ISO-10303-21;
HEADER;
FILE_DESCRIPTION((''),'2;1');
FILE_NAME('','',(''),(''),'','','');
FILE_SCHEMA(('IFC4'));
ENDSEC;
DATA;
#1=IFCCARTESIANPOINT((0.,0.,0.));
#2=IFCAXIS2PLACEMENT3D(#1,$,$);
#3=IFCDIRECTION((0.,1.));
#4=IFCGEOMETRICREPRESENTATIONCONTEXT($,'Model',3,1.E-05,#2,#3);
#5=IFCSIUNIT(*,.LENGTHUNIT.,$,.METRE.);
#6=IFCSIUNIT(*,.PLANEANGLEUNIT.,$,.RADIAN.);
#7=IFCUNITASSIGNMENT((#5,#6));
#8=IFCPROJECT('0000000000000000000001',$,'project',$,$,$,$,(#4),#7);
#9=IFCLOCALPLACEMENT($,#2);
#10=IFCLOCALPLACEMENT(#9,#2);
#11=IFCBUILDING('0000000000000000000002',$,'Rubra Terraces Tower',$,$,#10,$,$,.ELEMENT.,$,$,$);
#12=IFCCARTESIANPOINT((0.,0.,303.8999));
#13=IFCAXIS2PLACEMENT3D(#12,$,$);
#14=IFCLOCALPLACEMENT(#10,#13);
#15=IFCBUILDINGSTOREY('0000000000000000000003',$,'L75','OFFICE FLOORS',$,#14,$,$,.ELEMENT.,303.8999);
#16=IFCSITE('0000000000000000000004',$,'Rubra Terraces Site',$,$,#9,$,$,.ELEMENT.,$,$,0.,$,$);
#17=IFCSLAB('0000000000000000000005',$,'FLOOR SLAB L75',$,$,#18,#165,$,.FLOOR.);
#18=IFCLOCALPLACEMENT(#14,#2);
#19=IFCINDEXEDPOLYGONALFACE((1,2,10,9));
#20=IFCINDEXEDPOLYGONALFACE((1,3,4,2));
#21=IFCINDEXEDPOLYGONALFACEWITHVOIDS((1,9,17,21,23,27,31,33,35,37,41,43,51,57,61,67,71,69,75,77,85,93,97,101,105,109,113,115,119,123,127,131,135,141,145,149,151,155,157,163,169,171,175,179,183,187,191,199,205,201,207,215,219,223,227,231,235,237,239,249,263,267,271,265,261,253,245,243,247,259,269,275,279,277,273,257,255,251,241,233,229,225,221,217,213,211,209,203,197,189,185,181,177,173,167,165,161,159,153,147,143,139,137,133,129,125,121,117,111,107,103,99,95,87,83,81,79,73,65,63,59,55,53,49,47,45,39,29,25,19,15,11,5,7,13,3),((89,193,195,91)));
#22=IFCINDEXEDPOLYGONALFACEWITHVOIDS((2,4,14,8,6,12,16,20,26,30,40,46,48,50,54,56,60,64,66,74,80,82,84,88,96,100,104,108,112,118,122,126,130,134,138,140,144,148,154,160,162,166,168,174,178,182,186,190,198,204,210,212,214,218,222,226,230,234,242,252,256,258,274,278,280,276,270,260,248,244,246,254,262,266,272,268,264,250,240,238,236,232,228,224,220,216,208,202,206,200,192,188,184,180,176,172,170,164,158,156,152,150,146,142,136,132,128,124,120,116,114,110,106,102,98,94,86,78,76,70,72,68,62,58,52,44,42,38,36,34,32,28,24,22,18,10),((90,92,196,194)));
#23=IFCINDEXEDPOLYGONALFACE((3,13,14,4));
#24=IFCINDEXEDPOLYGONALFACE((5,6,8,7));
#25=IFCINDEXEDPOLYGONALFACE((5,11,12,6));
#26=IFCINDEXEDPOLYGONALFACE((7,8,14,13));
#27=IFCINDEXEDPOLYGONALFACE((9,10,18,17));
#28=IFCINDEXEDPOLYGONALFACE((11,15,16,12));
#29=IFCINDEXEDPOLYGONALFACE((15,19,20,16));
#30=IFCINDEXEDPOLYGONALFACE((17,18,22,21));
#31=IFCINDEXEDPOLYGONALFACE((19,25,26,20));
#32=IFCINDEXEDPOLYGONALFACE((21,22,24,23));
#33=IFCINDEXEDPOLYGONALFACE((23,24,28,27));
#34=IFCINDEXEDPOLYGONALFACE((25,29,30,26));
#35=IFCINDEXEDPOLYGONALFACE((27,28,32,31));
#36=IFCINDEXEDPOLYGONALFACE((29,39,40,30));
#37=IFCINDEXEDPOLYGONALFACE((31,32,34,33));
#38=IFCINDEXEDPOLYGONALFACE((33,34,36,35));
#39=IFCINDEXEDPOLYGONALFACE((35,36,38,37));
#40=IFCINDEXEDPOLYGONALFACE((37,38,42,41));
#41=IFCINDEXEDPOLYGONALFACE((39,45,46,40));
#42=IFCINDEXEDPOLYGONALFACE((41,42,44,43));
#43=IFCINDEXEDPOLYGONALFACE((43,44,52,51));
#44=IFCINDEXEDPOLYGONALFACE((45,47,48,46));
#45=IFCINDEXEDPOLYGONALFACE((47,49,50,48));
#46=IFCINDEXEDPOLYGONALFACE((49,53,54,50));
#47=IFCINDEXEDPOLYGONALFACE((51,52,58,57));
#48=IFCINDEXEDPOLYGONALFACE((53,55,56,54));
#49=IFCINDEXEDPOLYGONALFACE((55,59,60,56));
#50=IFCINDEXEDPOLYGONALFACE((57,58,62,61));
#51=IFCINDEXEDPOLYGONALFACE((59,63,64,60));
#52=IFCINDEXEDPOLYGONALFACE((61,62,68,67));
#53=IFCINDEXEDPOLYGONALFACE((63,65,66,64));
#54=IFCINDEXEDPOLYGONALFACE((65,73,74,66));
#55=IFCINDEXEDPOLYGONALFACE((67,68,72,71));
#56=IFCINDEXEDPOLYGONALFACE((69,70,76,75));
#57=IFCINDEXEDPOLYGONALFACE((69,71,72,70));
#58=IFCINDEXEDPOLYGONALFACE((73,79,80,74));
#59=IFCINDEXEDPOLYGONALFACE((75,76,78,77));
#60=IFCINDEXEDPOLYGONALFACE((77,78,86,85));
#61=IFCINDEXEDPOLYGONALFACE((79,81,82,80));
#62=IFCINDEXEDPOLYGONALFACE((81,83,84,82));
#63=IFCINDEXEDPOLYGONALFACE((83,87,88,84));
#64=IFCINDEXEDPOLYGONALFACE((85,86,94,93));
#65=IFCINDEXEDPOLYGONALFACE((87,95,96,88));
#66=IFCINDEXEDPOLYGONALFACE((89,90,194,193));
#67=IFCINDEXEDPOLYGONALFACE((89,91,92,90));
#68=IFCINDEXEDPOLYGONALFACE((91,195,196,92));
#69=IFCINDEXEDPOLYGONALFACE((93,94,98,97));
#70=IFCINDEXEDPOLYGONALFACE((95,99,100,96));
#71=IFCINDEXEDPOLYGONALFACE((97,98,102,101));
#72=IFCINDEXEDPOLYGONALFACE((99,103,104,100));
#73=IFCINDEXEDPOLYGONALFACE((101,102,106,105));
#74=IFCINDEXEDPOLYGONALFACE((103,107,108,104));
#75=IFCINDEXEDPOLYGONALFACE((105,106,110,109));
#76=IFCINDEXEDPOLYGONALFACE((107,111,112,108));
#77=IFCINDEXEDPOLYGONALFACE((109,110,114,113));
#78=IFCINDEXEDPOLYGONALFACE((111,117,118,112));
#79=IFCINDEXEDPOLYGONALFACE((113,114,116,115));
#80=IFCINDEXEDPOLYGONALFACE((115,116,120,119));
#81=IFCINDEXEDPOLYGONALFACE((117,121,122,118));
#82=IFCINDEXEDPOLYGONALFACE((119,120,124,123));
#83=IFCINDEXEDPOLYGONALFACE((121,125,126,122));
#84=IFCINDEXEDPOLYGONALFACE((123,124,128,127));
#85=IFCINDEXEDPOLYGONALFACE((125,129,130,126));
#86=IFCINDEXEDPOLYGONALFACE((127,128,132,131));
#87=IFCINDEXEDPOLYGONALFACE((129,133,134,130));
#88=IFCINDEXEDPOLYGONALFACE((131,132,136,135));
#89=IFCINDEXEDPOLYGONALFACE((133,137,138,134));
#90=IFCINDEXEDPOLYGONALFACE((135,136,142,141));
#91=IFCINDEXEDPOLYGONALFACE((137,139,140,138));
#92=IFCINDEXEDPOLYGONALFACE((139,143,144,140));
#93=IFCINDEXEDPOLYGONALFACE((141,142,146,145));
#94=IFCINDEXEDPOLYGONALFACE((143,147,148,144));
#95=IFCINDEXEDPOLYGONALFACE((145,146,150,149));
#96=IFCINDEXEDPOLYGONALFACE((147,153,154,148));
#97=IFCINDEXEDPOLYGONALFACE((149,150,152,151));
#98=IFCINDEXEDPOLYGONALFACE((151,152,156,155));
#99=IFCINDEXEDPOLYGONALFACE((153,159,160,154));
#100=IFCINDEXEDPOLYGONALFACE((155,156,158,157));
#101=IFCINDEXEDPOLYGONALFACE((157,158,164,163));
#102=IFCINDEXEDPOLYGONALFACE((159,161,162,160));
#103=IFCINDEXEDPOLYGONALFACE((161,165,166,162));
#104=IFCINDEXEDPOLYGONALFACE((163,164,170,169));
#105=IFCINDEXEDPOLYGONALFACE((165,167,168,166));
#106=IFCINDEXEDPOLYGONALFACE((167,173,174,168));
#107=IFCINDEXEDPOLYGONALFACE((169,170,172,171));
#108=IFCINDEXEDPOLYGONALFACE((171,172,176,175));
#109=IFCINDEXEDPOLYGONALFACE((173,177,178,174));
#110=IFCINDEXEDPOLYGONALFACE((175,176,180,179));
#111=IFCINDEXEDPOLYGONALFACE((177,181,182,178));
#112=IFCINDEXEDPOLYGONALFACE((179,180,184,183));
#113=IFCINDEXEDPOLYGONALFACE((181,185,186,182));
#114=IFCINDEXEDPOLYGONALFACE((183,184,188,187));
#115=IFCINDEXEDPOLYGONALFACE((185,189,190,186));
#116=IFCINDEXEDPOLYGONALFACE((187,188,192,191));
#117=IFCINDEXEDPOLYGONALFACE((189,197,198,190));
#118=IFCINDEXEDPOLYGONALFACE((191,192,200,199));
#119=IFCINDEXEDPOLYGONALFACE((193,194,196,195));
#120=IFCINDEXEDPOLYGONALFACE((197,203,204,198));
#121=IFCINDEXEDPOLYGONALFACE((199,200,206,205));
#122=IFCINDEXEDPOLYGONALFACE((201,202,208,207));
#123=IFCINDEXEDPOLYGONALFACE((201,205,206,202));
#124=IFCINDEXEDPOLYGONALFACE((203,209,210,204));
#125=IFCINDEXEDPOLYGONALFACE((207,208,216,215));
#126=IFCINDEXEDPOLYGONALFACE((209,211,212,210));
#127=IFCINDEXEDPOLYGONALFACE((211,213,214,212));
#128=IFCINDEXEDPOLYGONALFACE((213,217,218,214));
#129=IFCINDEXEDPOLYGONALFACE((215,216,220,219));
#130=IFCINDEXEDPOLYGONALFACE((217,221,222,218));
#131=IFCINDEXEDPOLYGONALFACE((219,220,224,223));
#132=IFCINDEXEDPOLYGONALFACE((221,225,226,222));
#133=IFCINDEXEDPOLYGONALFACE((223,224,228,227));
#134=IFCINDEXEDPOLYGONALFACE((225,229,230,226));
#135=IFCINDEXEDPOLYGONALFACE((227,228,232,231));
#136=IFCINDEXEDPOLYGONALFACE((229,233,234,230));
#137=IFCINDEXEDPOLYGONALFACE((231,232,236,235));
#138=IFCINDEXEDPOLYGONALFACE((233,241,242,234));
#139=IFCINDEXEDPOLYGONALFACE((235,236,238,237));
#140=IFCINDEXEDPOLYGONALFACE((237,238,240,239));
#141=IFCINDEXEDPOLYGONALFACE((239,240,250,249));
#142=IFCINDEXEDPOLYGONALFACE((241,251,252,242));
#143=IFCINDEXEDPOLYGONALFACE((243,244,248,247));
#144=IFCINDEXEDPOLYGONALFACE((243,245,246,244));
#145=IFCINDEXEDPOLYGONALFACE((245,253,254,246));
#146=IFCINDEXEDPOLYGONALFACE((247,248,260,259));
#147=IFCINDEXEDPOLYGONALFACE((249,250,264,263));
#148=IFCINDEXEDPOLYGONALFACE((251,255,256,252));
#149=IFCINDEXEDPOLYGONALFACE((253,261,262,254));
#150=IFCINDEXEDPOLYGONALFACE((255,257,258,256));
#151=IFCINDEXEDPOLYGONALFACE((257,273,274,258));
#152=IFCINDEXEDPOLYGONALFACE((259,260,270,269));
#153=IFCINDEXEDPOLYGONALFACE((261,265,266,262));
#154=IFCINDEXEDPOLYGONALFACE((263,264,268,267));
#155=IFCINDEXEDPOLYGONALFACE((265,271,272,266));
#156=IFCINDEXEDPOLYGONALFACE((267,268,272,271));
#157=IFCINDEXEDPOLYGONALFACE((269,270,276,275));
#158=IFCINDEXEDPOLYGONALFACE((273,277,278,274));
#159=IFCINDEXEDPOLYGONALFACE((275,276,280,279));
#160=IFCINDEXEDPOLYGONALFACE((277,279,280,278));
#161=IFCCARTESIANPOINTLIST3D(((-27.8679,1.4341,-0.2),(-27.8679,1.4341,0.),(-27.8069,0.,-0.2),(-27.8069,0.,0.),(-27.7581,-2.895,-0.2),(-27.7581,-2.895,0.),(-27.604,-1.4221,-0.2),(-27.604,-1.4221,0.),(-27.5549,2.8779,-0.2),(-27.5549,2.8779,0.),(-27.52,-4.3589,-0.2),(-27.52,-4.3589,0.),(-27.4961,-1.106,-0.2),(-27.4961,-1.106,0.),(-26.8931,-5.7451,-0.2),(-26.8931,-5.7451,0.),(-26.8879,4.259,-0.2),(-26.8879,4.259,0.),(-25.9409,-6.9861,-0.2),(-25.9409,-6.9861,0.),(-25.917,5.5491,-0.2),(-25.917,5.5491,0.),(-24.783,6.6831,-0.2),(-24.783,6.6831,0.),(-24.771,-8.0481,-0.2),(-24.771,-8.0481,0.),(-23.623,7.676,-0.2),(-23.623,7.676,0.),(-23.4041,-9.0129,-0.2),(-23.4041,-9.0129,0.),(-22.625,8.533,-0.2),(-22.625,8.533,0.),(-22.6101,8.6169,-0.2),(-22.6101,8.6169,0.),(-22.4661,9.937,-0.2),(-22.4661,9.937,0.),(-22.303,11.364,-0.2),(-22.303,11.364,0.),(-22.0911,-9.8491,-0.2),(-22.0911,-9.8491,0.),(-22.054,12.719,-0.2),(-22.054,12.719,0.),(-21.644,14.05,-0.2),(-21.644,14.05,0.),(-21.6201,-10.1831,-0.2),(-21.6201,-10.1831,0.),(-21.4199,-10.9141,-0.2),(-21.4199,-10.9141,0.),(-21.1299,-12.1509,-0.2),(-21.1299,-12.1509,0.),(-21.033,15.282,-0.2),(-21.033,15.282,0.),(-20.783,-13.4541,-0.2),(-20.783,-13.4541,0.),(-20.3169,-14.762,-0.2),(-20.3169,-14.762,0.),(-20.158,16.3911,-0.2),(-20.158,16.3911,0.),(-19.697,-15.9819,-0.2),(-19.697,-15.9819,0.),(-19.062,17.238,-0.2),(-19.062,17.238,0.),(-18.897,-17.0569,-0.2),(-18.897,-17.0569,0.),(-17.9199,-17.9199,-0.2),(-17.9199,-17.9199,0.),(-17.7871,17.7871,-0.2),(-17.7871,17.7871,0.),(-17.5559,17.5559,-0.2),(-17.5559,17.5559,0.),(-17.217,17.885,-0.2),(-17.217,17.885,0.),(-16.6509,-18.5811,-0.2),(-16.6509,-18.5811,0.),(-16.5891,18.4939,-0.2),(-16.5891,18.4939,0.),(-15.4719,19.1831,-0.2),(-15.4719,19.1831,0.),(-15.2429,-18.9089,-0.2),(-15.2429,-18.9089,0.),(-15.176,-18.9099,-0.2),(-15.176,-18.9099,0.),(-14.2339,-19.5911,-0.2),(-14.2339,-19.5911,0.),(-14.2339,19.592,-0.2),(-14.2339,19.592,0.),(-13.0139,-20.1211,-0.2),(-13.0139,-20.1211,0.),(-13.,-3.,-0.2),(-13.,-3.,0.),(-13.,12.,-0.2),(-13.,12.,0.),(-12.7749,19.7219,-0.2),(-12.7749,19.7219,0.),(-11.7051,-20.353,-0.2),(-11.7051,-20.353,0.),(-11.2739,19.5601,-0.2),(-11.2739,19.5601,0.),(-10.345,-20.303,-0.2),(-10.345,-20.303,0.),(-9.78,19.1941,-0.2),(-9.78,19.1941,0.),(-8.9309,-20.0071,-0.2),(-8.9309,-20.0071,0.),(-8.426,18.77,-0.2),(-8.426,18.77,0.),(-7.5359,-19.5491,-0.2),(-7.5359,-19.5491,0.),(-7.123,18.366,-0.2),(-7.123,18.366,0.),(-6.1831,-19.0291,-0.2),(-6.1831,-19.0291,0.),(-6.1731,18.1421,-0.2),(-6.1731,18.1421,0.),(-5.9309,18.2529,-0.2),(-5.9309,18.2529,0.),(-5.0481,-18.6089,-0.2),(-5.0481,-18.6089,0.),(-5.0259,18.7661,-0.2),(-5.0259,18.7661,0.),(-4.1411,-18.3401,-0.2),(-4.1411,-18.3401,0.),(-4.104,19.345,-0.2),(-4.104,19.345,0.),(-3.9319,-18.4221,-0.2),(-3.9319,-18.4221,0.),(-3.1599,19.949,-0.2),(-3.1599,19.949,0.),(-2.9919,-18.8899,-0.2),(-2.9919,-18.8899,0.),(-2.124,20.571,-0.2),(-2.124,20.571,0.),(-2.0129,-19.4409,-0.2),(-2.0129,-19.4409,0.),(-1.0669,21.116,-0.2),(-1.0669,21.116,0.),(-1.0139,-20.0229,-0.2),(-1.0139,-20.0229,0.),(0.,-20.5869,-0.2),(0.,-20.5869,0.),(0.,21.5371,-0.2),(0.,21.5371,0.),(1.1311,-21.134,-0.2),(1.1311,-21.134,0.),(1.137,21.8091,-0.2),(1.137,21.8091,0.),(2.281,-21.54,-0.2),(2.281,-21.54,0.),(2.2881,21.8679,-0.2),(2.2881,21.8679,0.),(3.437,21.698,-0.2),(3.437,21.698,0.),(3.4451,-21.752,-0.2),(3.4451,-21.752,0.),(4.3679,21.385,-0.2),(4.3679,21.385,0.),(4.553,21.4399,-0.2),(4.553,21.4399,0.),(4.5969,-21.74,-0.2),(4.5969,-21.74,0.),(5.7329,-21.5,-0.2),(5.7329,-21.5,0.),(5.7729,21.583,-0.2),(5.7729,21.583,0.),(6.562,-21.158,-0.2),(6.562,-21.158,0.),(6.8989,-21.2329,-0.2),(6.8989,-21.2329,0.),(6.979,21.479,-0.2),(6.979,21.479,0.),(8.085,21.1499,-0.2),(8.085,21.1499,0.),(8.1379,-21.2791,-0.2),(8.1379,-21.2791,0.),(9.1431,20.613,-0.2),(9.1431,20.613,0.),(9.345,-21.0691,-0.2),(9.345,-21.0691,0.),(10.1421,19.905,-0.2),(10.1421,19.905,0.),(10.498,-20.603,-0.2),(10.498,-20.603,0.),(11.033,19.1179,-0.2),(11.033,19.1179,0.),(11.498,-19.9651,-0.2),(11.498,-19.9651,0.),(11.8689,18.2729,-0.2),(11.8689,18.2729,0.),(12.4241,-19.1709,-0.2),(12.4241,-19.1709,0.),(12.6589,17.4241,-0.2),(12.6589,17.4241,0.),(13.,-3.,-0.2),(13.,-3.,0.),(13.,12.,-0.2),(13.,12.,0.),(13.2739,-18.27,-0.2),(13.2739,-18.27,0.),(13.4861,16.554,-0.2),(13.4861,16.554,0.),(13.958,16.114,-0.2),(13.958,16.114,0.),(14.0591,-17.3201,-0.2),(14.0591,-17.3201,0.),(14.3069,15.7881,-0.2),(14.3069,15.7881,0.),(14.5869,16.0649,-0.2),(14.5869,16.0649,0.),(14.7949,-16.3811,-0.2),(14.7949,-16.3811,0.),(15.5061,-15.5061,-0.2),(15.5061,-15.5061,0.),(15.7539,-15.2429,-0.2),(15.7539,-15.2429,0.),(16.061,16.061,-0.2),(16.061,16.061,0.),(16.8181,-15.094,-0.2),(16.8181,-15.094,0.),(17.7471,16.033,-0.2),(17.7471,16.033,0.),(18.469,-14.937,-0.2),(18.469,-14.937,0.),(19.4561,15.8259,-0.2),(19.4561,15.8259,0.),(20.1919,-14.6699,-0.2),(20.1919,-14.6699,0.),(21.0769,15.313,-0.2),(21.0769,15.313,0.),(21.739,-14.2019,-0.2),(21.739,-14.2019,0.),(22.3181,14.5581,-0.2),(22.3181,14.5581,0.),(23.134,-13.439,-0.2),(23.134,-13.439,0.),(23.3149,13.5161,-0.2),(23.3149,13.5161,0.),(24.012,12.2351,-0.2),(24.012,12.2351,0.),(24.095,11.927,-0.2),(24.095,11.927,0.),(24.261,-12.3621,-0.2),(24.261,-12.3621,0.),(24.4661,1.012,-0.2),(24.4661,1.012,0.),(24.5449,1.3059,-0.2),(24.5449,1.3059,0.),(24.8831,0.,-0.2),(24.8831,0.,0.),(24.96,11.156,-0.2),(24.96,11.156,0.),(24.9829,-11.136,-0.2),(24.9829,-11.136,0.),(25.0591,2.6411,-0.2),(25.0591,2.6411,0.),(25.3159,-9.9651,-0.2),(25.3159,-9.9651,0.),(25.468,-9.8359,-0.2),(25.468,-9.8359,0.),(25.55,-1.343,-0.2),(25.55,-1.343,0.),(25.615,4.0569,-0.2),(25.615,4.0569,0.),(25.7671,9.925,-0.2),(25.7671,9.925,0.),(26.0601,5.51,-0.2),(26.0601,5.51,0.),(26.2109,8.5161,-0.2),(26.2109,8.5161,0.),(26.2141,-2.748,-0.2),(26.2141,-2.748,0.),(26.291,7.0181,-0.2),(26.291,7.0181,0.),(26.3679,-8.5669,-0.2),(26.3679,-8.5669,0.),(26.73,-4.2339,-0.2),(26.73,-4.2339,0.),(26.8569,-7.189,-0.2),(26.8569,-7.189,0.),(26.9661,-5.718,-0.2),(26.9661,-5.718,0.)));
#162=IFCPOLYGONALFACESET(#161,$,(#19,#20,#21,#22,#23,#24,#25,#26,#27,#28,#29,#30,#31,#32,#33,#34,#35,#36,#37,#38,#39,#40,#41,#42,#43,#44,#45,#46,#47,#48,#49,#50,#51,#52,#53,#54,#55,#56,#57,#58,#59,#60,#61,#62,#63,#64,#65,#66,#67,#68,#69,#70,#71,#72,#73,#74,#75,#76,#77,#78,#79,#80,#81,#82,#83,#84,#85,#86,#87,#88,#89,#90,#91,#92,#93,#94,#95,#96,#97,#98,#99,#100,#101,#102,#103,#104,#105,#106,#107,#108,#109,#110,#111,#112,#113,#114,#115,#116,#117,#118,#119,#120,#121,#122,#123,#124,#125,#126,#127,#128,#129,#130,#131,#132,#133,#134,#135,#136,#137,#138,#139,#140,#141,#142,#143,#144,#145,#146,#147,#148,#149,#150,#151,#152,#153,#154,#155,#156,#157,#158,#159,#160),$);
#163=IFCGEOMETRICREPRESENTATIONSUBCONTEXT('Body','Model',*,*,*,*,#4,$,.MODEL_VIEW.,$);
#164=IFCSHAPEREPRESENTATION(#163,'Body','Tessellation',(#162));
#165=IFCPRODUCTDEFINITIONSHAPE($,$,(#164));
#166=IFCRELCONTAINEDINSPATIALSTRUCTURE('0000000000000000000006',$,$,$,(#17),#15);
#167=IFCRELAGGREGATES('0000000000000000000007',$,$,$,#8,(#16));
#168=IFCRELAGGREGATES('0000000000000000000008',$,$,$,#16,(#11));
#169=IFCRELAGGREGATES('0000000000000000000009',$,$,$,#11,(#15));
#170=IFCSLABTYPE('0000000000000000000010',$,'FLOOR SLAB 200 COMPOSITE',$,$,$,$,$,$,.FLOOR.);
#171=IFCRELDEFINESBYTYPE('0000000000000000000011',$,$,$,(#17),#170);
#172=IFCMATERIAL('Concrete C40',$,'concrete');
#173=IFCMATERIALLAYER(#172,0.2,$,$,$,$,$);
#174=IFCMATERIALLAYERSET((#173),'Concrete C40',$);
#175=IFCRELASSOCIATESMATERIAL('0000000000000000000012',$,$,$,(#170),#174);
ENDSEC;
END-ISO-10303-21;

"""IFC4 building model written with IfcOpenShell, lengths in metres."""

from ifc_helpers import new_model, si_unit, direction, frame, origin, place, context, subcontext, project, spatial, polyline, outline, extrude, material, layer, layer_set, type_object, element, save


model = new_model("IFC4")

# Units and contexts
model_context = context("Model", 3, precision=1e-05, world=origin(), true_north=direction((0.0, 1.0)))
body_context = subcontext(model_context, "Body", "Model", "MODEL_VIEW")
ifc_project = project(units=[si_unit("LENGTHUNIT", "METRE"), si_unit("PLANEANGLEUNIT", "RADIAN")], contexts=[model_context])

# Site, building, storey
site_placement = place(None, origin())
site = spatial("IfcSite", under=ifc_project, at=site_placement, Name="Rubra Terraces Site", CompositionType="ELEMENT", RefElevation=0.0)
building_placement = place(site_placement, origin())
building = spatial("IfcBuilding", under=site, at=building_placement, Name="Rubra Terraces Tower", CompositionType="ELEMENT")
storey_placement = place(building_placement, frame((0.0, 0.0, 303.8999)))
storey = spatial("IfcBuildingStorey", under=building, at=storey_placement, Name="L75", Description="OFFICE FLOORS", CompositionType="ELEMENT", Elevation=303.8999)

# Shared definitions
ifc_material_1 = material(Name="Concrete C40", Category="concrete")

# Slab
ifc_layer_1 = layer(ifc_material_1, 0.2)
ifc_layer_set_1 = layer_set([ifc_layer_1], Name="Concrete C40")
slab_type_1 = type_object("IfcSlabType", Name="FLOOR SLAB 200 COMPOSITE", PredefinedType="FLOOR", material=ifc_layer_set_1)
slab_1_placement = place(storey_placement, frame((0.0, 0.0, -0.2)))
element("IfcSlab", 1, at=slab_1_placement, inside=storey, type_object=slab_type_1, Name="FLOOR SLAB L75", PredefinedType="FLOOR", context=body_context, shape_type="SweptSolid", body=[
    extrude(outline(polyline([(-5.0481, -18.6089), (-4.1411, -18.3401), (-3.9319, -18.4221), (-2.9919, -18.8899), (-2.0129, -19.4409), (-1.0139, -20.0229), (0.0, -20.5869), (1.1311, -21.134), (2.281, -21.54), (3.4451, -21.752), (4.5969, -21.74), (5.7329, -21.5), (6.562, -21.158), (6.8989, -21.2329), (8.1379, -21.2791), (9.345, -21.0691), (10.498, -20.603), (11.498, -19.9651), (12.4241, -19.1709), (13.2739, -18.27), (14.0591, -17.3201), (14.7949, -16.3811), (15.5061, -15.5061), (15.7539, -15.2429), (16.8181, -15.094), (18.469, -14.937), (20.1919, -14.6699), (21.739, -14.2019), (23.134, -13.439), (24.261, -12.3621), (24.9829, -11.136), (25.3159, -9.9651), (25.468, -9.8359), (26.3679, -8.5669), (26.8569, -7.189), (26.9661, -5.718), (26.73, -4.2339), (26.2141, -2.748), (25.55, -1.343), (24.8831, 0.0), (24.4661, 1.012), (24.5449, 1.3059), (25.0591, 2.6411), (25.615, 4.0569), (26.0601, 5.51), (26.291, 7.0181), (26.2109, 8.5161), (25.7671, 9.925), (24.96, 11.156), (24.095, 11.927), (24.012, 12.2351), (23.3149, 13.5161), (22.3181, 14.5581), (21.0769, 15.313), (19.4561, 15.8259), (17.7471, 16.033), (16.061, 16.061), (14.5869, 16.0649), (13.958, 16.114), (14.3069, 15.7881), (13.4861, 16.554), (12.6589, 17.4241), (11.8689, 18.2729), (11.033, 19.1179), (10.1421, 19.905), (9.1431, 20.613), (8.085, 21.1499), (6.979, 21.479), (5.7729, 21.583), (4.553, 21.4399), (4.3679, 21.385), (3.437, 21.698), (2.2881, 21.8679), (1.137, 21.8091), (0.0, 21.5371), (-1.0669, 21.116), (-2.124, 20.571), (-3.1599, 19.949), (-4.104, 19.345), (-5.0259, 18.7661), (-5.9309, 18.2529), (-6.1731, 18.1421), (-7.123, 18.366), (-8.426, 18.77), (-9.78, 19.1941), (-11.2739, 19.5601), (-12.7749, 19.7219), (-14.2339, 19.592), (-15.4719, 19.1831), (-16.5891, 18.4939), (-17.5559, 17.5559), (-17.217, 17.885), (-17.7871, 17.7871), (-19.062, 17.238), (-20.158, 16.3911), (-21.033, 15.282), (-21.644, 14.05), (-22.054, 12.719), (-22.303, 11.364), (-22.4661, 9.937), (-22.6101, 8.6169), (-22.625, 8.533), (-23.623, 7.676), (-24.783, 6.6831), (-25.917, 5.5491), (-26.8879, 4.259), (-27.5549, 2.8779), (-27.8679, 1.4341), (-27.8069, 0.0), (-27.4961, -1.106), (-27.604, -1.4221), (-27.7581, -2.895), (-27.52, -4.3589), (-26.8931, -5.7451), (-25.9409, -6.9861), (-24.771, -8.0481), (-23.4041, -9.0129), (-22.0911, -9.8491), (-21.6201, -10.1831), (-21.4199, -10.9141), (-21.1299, -12.1509), (-20.783, -13.4541), (-20.3169, -14.762), (-19.697, -15.9819), (-18.897, -17.0569), (-17.9199, -17.9199), (-16.6509, -18.5811), (-15.2429, -18.9089), (-15.176, -18.9099), (-14.2339, -19.5911), (-13.0139, -20.1211), (-11.7051, -20.353), (-10.345, -20.303), (-8.9309, -20.0071), (-7.5359, -19.5491), (-6.1831, -19.0291), (-5.0481, -18.6089)]), holes=[polyline([(13.0, 12.0), (13.0, -3.0), (-13.0, -3.0), (-13.0, 12.0), (13.0, 12.0)])]), origin(), (0.0, 0.0, 1.0), 0.2),
])

save(model, "model.ifc")
